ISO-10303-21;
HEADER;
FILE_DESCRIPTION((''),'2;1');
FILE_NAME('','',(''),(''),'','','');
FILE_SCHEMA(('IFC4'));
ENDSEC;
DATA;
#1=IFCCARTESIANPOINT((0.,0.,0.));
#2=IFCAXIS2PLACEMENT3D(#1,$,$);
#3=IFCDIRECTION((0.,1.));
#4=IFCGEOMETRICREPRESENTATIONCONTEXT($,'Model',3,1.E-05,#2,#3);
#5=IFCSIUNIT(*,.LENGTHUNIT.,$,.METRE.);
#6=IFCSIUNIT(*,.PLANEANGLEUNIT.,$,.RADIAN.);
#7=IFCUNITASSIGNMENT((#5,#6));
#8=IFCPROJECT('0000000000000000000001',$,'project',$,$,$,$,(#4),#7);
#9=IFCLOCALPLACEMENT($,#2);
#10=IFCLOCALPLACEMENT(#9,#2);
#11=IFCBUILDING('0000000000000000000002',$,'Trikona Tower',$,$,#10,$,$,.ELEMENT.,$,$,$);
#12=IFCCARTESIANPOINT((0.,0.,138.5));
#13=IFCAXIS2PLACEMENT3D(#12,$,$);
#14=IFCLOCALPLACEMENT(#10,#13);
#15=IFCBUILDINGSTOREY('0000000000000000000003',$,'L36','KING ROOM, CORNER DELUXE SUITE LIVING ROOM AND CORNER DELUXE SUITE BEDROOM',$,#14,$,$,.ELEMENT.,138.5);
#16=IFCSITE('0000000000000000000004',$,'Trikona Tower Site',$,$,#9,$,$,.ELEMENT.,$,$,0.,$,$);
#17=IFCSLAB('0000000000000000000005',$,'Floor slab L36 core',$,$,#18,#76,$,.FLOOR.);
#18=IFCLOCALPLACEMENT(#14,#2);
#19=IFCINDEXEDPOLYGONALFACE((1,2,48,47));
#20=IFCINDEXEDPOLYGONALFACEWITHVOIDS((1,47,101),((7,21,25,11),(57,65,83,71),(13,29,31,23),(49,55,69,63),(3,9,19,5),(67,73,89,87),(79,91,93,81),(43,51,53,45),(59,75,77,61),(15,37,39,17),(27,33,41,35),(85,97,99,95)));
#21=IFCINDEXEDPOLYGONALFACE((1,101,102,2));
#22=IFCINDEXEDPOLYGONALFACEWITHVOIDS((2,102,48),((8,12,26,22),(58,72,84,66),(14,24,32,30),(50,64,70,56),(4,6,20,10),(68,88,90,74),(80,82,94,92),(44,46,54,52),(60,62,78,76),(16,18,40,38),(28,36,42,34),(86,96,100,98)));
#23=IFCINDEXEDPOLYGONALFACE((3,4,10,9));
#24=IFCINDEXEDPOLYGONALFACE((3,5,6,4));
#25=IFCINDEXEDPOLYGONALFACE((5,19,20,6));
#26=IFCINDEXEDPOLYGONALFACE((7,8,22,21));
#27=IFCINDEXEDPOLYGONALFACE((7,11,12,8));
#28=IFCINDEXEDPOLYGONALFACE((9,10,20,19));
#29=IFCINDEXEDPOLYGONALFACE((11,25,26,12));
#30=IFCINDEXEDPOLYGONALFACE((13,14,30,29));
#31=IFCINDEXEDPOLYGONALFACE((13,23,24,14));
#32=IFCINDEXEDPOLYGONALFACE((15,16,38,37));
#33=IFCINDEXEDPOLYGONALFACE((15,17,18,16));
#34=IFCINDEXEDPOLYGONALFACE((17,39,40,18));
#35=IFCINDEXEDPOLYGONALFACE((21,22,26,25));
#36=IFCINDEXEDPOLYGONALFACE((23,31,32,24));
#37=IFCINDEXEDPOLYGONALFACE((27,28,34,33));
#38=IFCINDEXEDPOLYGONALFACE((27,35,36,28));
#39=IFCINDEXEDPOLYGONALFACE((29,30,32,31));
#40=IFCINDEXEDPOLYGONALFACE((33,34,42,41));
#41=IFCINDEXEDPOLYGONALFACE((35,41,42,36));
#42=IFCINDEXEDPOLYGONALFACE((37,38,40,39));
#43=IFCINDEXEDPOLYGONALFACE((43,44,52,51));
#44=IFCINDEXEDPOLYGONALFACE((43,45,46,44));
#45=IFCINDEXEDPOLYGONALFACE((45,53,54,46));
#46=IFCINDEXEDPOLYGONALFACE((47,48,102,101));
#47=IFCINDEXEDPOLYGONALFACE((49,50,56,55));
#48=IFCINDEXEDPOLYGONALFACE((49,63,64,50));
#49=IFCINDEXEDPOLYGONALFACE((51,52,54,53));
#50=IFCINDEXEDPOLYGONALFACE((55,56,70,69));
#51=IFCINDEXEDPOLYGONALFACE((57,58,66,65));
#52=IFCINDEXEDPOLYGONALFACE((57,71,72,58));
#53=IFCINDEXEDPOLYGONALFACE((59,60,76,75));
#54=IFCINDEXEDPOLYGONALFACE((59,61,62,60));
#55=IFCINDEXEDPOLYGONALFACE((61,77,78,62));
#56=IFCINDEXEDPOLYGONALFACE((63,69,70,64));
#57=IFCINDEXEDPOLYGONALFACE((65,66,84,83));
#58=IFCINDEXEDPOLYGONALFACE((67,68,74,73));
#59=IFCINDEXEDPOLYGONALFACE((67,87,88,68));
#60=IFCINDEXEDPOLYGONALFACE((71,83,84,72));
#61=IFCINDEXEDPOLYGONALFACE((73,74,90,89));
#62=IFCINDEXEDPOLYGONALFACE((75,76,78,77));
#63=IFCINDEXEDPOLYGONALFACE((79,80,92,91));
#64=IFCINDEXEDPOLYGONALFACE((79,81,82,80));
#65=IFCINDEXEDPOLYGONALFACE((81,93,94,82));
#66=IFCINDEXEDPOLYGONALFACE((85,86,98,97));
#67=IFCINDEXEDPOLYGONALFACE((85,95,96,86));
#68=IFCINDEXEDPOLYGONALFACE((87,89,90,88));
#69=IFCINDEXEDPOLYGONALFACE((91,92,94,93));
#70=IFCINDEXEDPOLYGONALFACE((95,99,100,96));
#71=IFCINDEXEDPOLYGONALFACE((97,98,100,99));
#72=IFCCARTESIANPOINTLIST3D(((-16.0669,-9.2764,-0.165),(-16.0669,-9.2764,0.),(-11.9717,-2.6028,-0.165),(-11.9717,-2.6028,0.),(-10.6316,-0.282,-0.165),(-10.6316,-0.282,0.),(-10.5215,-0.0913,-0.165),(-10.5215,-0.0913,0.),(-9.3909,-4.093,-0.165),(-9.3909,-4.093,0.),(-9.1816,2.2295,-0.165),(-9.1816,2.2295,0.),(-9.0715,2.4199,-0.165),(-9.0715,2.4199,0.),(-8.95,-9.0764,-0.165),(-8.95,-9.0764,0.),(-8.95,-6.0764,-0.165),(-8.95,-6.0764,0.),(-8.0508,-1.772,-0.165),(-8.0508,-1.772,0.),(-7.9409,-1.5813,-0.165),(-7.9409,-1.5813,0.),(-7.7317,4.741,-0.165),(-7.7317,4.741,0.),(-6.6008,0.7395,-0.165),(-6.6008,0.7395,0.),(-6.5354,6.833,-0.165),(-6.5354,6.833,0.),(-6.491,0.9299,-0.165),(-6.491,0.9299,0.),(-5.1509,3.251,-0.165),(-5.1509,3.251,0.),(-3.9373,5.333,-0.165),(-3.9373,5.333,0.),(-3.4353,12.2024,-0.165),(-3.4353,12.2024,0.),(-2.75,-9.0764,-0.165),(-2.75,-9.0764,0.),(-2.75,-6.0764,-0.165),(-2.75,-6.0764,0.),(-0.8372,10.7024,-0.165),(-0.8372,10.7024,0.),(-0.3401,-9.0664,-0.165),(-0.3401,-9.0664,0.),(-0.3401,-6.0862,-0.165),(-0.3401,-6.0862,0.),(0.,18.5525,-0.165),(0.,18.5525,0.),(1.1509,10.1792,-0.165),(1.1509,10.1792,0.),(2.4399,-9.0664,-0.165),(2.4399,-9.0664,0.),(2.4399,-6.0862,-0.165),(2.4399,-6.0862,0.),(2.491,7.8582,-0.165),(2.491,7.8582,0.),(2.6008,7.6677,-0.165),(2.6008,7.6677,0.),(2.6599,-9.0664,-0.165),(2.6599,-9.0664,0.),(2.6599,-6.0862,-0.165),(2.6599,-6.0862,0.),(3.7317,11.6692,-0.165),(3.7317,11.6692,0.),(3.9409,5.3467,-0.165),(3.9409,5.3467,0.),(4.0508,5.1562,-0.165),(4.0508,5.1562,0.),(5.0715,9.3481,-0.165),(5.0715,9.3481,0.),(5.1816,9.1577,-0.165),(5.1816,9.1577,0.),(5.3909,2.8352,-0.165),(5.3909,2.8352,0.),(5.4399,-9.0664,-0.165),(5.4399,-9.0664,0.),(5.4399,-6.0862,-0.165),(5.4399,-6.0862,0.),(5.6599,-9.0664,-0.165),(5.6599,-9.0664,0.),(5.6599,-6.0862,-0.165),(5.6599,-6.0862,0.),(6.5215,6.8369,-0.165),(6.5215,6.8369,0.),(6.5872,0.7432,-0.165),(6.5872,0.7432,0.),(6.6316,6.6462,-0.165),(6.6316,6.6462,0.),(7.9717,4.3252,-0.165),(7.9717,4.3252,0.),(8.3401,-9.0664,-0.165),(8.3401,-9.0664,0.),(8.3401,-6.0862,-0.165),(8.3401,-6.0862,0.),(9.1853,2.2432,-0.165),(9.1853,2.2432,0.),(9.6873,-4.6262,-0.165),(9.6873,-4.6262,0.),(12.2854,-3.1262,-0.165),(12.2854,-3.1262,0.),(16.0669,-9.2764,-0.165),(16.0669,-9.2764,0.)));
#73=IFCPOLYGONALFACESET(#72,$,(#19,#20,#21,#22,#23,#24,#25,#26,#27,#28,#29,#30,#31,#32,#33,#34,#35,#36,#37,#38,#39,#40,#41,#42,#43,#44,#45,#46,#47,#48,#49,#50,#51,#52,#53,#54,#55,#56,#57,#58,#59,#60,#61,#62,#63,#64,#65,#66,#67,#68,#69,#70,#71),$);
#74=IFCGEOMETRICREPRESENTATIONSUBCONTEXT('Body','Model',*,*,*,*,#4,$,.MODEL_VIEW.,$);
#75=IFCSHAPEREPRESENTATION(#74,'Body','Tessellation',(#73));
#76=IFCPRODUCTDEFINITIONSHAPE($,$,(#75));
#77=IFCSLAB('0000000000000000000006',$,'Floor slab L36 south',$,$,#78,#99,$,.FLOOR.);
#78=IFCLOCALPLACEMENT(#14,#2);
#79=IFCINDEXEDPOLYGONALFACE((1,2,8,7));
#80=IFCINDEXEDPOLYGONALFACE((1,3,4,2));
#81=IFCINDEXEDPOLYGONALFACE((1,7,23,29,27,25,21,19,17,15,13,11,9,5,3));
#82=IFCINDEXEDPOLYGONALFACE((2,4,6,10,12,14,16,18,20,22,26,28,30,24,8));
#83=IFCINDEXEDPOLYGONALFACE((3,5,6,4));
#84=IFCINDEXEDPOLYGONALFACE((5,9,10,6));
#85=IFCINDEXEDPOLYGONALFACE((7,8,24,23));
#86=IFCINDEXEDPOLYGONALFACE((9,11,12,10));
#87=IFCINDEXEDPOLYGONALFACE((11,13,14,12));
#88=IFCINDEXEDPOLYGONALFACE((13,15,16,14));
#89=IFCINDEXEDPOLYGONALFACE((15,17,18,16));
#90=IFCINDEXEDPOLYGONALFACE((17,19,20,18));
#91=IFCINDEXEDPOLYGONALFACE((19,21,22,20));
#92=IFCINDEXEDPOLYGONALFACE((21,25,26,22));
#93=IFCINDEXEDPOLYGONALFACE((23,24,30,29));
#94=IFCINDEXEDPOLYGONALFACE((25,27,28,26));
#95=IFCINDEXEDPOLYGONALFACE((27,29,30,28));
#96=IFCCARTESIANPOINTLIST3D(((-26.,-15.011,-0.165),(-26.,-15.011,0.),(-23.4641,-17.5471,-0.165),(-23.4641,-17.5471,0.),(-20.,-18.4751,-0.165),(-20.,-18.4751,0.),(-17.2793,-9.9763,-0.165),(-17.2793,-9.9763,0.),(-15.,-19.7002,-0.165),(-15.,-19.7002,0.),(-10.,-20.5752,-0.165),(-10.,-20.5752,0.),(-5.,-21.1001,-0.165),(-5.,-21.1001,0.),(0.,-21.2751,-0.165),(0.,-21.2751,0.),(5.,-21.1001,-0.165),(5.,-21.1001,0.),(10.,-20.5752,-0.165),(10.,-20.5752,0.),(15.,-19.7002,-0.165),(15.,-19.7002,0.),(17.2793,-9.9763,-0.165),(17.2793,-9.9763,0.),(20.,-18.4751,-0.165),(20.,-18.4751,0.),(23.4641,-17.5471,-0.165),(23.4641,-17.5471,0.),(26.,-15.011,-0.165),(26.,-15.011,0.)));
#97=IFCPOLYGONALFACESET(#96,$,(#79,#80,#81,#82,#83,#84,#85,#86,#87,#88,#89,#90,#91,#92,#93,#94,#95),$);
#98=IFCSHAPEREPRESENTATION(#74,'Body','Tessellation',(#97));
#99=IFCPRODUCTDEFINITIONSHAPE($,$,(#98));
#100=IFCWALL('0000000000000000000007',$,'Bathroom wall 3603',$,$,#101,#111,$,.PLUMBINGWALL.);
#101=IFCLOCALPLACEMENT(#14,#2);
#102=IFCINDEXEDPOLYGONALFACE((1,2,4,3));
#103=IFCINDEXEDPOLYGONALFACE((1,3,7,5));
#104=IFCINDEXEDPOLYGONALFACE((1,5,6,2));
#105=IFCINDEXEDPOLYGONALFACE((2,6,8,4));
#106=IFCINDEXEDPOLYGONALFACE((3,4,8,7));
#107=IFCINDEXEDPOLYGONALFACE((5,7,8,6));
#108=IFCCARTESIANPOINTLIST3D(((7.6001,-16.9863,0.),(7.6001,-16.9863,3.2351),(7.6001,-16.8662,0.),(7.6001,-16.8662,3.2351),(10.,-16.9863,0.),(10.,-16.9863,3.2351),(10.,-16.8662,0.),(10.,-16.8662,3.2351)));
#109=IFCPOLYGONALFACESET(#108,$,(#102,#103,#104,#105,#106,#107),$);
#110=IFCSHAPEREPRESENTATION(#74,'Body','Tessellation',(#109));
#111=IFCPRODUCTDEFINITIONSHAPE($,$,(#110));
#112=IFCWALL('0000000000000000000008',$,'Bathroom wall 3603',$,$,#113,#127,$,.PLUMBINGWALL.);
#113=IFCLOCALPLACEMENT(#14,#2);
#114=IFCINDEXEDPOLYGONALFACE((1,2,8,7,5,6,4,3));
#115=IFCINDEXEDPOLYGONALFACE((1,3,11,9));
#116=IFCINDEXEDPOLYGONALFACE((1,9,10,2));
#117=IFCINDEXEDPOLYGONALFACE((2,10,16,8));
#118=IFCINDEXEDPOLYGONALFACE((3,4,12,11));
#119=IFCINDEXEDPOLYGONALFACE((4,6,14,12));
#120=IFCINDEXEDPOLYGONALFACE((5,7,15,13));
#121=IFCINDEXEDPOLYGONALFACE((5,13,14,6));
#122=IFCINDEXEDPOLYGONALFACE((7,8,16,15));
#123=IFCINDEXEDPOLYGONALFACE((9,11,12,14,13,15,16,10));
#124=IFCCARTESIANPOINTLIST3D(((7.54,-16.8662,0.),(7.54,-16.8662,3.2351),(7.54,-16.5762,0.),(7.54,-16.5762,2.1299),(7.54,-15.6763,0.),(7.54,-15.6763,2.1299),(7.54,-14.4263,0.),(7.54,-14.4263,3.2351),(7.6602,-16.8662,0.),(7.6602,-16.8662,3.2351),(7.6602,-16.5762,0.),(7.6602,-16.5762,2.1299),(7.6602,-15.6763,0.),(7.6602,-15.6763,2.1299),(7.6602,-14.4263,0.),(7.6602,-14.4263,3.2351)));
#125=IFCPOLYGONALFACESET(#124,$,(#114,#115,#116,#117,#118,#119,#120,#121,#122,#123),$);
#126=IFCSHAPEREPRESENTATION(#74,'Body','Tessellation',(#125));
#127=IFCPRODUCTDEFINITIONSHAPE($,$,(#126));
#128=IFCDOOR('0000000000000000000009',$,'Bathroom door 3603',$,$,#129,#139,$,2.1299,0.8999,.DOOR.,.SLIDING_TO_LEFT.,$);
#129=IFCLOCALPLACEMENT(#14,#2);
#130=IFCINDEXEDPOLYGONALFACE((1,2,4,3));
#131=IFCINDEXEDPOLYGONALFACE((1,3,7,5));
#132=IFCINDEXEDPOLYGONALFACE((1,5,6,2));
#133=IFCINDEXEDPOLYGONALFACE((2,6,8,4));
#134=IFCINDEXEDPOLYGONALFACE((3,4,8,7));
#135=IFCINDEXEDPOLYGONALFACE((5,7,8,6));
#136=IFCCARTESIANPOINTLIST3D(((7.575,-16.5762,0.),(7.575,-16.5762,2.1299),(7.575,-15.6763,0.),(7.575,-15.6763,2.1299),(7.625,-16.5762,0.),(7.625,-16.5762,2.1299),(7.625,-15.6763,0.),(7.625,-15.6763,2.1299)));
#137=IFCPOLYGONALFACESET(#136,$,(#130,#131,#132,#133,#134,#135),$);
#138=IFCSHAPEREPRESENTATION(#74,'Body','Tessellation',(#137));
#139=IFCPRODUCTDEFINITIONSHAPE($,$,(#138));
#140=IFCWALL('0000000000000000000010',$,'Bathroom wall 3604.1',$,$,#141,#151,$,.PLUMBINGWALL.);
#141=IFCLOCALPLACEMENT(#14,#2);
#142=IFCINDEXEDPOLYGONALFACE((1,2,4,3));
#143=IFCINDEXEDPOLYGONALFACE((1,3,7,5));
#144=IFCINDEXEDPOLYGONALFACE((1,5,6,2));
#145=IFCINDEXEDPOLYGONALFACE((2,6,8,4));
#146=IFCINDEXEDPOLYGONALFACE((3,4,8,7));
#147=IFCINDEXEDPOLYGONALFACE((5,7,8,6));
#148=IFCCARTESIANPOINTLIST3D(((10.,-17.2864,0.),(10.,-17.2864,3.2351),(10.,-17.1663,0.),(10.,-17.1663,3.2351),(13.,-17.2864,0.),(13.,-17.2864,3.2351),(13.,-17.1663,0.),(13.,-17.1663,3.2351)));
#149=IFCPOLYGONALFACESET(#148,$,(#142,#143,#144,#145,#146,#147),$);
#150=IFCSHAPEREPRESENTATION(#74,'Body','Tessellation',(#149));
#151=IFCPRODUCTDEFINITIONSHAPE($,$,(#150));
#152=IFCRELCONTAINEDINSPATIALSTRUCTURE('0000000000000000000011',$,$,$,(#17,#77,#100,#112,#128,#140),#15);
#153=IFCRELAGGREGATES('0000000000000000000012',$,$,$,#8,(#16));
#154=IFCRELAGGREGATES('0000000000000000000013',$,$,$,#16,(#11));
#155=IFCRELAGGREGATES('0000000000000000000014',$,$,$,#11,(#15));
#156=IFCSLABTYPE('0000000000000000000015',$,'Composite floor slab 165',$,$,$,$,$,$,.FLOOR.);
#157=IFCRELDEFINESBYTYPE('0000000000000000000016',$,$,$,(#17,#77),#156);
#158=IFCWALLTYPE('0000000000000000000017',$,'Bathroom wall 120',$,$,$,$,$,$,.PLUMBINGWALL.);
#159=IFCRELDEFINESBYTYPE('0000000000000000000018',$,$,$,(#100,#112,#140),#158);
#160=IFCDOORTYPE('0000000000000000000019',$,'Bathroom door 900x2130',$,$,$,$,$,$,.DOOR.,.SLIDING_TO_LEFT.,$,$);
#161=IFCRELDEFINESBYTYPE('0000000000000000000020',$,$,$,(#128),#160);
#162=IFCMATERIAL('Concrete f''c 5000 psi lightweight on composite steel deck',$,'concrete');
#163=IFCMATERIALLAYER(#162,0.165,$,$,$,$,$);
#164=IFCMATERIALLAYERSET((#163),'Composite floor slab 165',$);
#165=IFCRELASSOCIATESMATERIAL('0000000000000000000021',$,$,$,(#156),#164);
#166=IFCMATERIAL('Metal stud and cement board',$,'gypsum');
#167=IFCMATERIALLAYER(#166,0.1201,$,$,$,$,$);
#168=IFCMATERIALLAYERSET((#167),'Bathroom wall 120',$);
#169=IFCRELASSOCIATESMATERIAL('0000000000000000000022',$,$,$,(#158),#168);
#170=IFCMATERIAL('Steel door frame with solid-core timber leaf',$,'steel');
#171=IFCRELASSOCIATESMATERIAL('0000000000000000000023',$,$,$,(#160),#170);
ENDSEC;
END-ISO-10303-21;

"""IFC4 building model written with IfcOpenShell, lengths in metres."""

from ifc_helpers import new_model, si_unit, direction, frame, frame_2d, origin, place, context, subcontext, project, spatial, polyline, rectangle, outline, extrude, material, layer, layer_set, type_object, element, fill, save


model = new_model("IFC4")

# Units and contexts
model_context = context("Model", 3, precision=1e-05, world=origin(), true_north=direction((0.0, 1.0)))
body_context = subcontext(model_context, "Body", "Model", "MODEL_VIEW")
ifc_project = project(units=[si_unit("LENGTHUNIT", "METRE"), si_unit("PLANEANGLEUNIT", "RADIAN")], contexts=[model_context])

# Site, building, storey
site_placement = place(None, origin())
site = spatial("IfcSite", under=ifc_project, at=site_placement, Name="Trikona Tower Site", CompositionType="ELEMENT", RefElevation=0.0)
building_placement = place(site_placement, origin())
building = spatial("IfcBuilding", under=site, at=building_placement, Name="Trikona Tower", CompositionType="ELEMENT")
storey_placement = place(building_placement, frame((0.0, 0.0, 138.5)))
storey = spatial("IfcBuildingStorey", under=building, at=storey_placement, Name="L36", Description="KING ROOM, CORNER DELUXE SUITE LIVING ROOM AND CORNER DELUXE SUITE BEDROOM", CompositionType="ELEMENT", Elevation=138.5)

# Slabs
ifc_material_1 = material(Name="Concrete f'c 5000 psi lightweight on composite steel deck", Category="concrete")
ifc_layer_1 = layer(ifc_material_1, 0.165)
ifc_layer_set_1 = layer_set([ifc_layer_1], Name="Composite floor slab 165")
slab_type = type_object("IfcSlabType", Name="Composite floor slab 165", PredefinedType="FLOOR", material=ifc_layer_set_1)
slab_1_placement = place(storey_placement, frame((0.0, 0.0, -0.165)))
element("IfcSlab", 1, at=slab_1_placement, inside=storey, type_object=slab_type, Name="Floor slab L36 core", PredefinedType="FLOOR", context=body_context, shape_type="SweptSolid", body=[
    extrude(outline(polyline([(-16.0669, -9.2764), (16.0669, -9.2764), (0.0, 18.5525), (-16.0669, -9.2764)]), holes=[polyline([(12.2854, -3.1262), (9.1853, 2.2432), (6.5872, 0.7432), (9.6873, -4.6262), (12.2854, -3.1262)]), polyline([(8.3401, -9.0664), (8.3401, -6.0862), (5.6599, -6.0862), (5.6599, -9.0664), (8.3401, -9.0664)]), polyline([(5.3909, 2.8352), (7.9717, 4.3252), (6.6316, 6.6462), (4.0508, 5.1562), (5.3909, 2.8352)]), polyline([(2.6008, 7.6677), (3.9409, 5.3467), (6.5215, 6.8369), (5.1816, 9.1577), (2.6008, 7.6677)]), polyline([(5.4399, -6.0862), (2.6599, -6.0862), (2.6599, -9.0664), (5.4399, -9.0664), (5.4399, -6.0862)]), polyline([(3.7317, 11.6692), (1.1509, 10.1792), (2.491, 7.8582), (5.0715, 9.3481), (3.7317, 11.6692)]), polyline([(-0.3401, -6.0862), (-0.3401, -9.0664), (2.4399, -9.0664), (2.4399, -6.0862), (-0.3401, -6.0862)]), polyline([(-3.4353, 12.2024), (-6.5354, 6.833), (-3.9373, 5.333), (-0.8372, 10.7024), (-3.4353, 12.2024)]), polyline([(-8.95, -9.0764), (-2.75, -9.0764), (-2.75, -6.0764), (-8.95, -6.0764), (-8.95, -9.0764)]), polyline([(-5.1509, 3.251), (-7.7317, 4.741), (-9.0715, 2.4199), (-6.491, 0.9299), (-5.1509, 3.251)]), polyline([(-7.9409, -1.5813), (-6.6008, 0.7395), (-9.1816, 2.2295), (-10.5215, -0.0913), (-7.9409, -1.5813)]), polyline([(-11.9717, -2.6028), (-9.3909, -4.093), (-8.0508, -1.772), (-10.6316, -0.282), (-11.9717, -2.6028)])]), origin(), (0.0, 0.0, 1.0), 0.165),
])
slab_2_placement = place(storey_placement, frame((0.0, 0.0, -0.165)))
element("IfcSlab", 2, at=slab_2_placement, inside=storey, type_object=slab_type, Name="Floor slab L36 south", PredefinedType="FLOOR", context=body_context, shape_type="SweptSolid", body=[
    extrude(outline(polyline([(23.4641, -17.5471), (26.0, -15.011), (17.2793, -9.9763), (-17.2793, -9.9763), (-26.0, -15.011), (-23.4641, -17.5471), (-20.0, -18.4751), (-15.0, -19.7002), (-10.0, -20.5752), (-5.0, -21.1001), (0.0, -21.2751), (5.0, -21.1001), (10.0, -20.5752), (15.0, -19.7002), (20.0, -18.4751), (23.4641, -17.5471)])), origin(), (0.0, 0.0, 1.0), 0.165),
])

# Wall
ifc_material_2 = material(Name="Metal stud and cement board", Category="gypsum")
ifc_layer_2 = layer(ifc_material_2, 0.1201)
ifc_layer_set_2 = layer_set([ifc_layer_2], Name="Bathroom wall 120")
wall_type_1 = type_object("IfcWallType", Name="Bathroom wall 120", PredefinedType="PLUMBINGWALL", material=ifc_layer_set_2)
wall_1_placement = place(storey_placement, frame((7.6001, -16.9263, 0.0), z_axis=(0.0, 0.0, 1.0), x_axis=(1.0, 0.0, 0.0)))
element("IfcWall", 3, at=wall_1_placement, inside=storey, type_object=wall_type_1, Name="Bathroom wall 3603", PredefinedType="PLUMBINGWALL", context=body_context, shape_type="SweptSolid", body=[
    extrude(rectangle(XDim=2.3999, YDim=0.1201, at=frame_2d((1.2, 0.0))), origin(), (0.0, 0.0, 1.0), 3.2351),
])

# Wall, opening, door
wall_2_placement = place(storey_placement, frame((7.6001, -14.4263, 0.0), z_axis=(0.0, 0.0, 1.0), x_axis=(0.0, -1.0, 0.0)))
wall_2 = element("IfcWall", 4, at=wall_2_placement, inside=storey, type_object=wall_type_1, Name="Bathroom wall 3603", PredefinedType="PLUMBINGWALL", context=body_context, shape_type="SweptSolid", body=[
    extrude(rectangle(XDim=2.4399, YDim=0.1201, at=frame_2d((1.22, 0.0))), origin(), (0.0, 0.0, 1.0), 3.2351),
])
opening_1_placement = place(wall_2_placement, frame((1.25, 0.0, 0.0)))
opening_1 = element("IfcOpeningElement", 5, at=opening_1_placement, cuts=wall_2, PredefinedType="OPENING", context=body_context, shape_type="SweptSolid", body=[
    extrude(rectangle(XDim=0.8999, YDim=2.1299, at=frame_2d((0.45, 1.0649))), frame((0.0, 0.0701, 0.0), z_axis=(0.0, -1.0, 0.0), x_axis=(1.0, 0.0, 0.0)), (0.0, 0.0, 1.0), 0.1401),
])
ifc_material_3 = material(Name="Steel door frame with solid-core timber leaf", Category="steel")
door_type = type_object("IfcDoorType", Name="Bathroom door 900x2130", OperationType="SLIDING_TO_LEFT", PredefinedType="DOOR", material=ifc_material_3)
door_1_placement = place(opening_1_placement, origin())
door_1 = element("IfcDoor", 6, at=door_1_placement, inside=storey, type_object=door_type, Name="Bathroom door 3603", OperationType="SLIDING_TO_LEFT", OverallHeight=2.1299, OverallWidth=0.8999, PredefinedType="DOOR", context=body_context, shape_type="SweptSolid", body=[
    extrude(rectangle(XDim=0.8999, YDim=2.1299, at=frame_2d((0.45, 1.0649))), frame((0.0, 0.0249, 0.0), z_axis=(0.0, -1.0, 0.0), x_axis=(1.0, 0.0, 0.0)), (0.0, 0.0, 1.0), 0.05),
])
fill(opening_1, door_1)

# Wall
wall_3_placement = place(storey_placement, frame((10.0, -17.2263, 0.0), z_axis=(0.0, 0.0, 1.0), x_axis=(1.0, 0.0, 0.0)))
element("IfcWall", 7, at=wall_3_placement, inside=storey, type_object=wall_type_1, Name="Bathroom wall 3604.1", PredefinedType="PLUMBINGWALL", context=body_context, shape_type="SweptSolid", body=[
    extrude(rectangle(XDim=3.0, YDim=0.1201, at=frame_2d((1.5, 0.0))), origin(), (0.0, 0.0, 1.0), 3.2351),
])

save(model, "model.ifc")
